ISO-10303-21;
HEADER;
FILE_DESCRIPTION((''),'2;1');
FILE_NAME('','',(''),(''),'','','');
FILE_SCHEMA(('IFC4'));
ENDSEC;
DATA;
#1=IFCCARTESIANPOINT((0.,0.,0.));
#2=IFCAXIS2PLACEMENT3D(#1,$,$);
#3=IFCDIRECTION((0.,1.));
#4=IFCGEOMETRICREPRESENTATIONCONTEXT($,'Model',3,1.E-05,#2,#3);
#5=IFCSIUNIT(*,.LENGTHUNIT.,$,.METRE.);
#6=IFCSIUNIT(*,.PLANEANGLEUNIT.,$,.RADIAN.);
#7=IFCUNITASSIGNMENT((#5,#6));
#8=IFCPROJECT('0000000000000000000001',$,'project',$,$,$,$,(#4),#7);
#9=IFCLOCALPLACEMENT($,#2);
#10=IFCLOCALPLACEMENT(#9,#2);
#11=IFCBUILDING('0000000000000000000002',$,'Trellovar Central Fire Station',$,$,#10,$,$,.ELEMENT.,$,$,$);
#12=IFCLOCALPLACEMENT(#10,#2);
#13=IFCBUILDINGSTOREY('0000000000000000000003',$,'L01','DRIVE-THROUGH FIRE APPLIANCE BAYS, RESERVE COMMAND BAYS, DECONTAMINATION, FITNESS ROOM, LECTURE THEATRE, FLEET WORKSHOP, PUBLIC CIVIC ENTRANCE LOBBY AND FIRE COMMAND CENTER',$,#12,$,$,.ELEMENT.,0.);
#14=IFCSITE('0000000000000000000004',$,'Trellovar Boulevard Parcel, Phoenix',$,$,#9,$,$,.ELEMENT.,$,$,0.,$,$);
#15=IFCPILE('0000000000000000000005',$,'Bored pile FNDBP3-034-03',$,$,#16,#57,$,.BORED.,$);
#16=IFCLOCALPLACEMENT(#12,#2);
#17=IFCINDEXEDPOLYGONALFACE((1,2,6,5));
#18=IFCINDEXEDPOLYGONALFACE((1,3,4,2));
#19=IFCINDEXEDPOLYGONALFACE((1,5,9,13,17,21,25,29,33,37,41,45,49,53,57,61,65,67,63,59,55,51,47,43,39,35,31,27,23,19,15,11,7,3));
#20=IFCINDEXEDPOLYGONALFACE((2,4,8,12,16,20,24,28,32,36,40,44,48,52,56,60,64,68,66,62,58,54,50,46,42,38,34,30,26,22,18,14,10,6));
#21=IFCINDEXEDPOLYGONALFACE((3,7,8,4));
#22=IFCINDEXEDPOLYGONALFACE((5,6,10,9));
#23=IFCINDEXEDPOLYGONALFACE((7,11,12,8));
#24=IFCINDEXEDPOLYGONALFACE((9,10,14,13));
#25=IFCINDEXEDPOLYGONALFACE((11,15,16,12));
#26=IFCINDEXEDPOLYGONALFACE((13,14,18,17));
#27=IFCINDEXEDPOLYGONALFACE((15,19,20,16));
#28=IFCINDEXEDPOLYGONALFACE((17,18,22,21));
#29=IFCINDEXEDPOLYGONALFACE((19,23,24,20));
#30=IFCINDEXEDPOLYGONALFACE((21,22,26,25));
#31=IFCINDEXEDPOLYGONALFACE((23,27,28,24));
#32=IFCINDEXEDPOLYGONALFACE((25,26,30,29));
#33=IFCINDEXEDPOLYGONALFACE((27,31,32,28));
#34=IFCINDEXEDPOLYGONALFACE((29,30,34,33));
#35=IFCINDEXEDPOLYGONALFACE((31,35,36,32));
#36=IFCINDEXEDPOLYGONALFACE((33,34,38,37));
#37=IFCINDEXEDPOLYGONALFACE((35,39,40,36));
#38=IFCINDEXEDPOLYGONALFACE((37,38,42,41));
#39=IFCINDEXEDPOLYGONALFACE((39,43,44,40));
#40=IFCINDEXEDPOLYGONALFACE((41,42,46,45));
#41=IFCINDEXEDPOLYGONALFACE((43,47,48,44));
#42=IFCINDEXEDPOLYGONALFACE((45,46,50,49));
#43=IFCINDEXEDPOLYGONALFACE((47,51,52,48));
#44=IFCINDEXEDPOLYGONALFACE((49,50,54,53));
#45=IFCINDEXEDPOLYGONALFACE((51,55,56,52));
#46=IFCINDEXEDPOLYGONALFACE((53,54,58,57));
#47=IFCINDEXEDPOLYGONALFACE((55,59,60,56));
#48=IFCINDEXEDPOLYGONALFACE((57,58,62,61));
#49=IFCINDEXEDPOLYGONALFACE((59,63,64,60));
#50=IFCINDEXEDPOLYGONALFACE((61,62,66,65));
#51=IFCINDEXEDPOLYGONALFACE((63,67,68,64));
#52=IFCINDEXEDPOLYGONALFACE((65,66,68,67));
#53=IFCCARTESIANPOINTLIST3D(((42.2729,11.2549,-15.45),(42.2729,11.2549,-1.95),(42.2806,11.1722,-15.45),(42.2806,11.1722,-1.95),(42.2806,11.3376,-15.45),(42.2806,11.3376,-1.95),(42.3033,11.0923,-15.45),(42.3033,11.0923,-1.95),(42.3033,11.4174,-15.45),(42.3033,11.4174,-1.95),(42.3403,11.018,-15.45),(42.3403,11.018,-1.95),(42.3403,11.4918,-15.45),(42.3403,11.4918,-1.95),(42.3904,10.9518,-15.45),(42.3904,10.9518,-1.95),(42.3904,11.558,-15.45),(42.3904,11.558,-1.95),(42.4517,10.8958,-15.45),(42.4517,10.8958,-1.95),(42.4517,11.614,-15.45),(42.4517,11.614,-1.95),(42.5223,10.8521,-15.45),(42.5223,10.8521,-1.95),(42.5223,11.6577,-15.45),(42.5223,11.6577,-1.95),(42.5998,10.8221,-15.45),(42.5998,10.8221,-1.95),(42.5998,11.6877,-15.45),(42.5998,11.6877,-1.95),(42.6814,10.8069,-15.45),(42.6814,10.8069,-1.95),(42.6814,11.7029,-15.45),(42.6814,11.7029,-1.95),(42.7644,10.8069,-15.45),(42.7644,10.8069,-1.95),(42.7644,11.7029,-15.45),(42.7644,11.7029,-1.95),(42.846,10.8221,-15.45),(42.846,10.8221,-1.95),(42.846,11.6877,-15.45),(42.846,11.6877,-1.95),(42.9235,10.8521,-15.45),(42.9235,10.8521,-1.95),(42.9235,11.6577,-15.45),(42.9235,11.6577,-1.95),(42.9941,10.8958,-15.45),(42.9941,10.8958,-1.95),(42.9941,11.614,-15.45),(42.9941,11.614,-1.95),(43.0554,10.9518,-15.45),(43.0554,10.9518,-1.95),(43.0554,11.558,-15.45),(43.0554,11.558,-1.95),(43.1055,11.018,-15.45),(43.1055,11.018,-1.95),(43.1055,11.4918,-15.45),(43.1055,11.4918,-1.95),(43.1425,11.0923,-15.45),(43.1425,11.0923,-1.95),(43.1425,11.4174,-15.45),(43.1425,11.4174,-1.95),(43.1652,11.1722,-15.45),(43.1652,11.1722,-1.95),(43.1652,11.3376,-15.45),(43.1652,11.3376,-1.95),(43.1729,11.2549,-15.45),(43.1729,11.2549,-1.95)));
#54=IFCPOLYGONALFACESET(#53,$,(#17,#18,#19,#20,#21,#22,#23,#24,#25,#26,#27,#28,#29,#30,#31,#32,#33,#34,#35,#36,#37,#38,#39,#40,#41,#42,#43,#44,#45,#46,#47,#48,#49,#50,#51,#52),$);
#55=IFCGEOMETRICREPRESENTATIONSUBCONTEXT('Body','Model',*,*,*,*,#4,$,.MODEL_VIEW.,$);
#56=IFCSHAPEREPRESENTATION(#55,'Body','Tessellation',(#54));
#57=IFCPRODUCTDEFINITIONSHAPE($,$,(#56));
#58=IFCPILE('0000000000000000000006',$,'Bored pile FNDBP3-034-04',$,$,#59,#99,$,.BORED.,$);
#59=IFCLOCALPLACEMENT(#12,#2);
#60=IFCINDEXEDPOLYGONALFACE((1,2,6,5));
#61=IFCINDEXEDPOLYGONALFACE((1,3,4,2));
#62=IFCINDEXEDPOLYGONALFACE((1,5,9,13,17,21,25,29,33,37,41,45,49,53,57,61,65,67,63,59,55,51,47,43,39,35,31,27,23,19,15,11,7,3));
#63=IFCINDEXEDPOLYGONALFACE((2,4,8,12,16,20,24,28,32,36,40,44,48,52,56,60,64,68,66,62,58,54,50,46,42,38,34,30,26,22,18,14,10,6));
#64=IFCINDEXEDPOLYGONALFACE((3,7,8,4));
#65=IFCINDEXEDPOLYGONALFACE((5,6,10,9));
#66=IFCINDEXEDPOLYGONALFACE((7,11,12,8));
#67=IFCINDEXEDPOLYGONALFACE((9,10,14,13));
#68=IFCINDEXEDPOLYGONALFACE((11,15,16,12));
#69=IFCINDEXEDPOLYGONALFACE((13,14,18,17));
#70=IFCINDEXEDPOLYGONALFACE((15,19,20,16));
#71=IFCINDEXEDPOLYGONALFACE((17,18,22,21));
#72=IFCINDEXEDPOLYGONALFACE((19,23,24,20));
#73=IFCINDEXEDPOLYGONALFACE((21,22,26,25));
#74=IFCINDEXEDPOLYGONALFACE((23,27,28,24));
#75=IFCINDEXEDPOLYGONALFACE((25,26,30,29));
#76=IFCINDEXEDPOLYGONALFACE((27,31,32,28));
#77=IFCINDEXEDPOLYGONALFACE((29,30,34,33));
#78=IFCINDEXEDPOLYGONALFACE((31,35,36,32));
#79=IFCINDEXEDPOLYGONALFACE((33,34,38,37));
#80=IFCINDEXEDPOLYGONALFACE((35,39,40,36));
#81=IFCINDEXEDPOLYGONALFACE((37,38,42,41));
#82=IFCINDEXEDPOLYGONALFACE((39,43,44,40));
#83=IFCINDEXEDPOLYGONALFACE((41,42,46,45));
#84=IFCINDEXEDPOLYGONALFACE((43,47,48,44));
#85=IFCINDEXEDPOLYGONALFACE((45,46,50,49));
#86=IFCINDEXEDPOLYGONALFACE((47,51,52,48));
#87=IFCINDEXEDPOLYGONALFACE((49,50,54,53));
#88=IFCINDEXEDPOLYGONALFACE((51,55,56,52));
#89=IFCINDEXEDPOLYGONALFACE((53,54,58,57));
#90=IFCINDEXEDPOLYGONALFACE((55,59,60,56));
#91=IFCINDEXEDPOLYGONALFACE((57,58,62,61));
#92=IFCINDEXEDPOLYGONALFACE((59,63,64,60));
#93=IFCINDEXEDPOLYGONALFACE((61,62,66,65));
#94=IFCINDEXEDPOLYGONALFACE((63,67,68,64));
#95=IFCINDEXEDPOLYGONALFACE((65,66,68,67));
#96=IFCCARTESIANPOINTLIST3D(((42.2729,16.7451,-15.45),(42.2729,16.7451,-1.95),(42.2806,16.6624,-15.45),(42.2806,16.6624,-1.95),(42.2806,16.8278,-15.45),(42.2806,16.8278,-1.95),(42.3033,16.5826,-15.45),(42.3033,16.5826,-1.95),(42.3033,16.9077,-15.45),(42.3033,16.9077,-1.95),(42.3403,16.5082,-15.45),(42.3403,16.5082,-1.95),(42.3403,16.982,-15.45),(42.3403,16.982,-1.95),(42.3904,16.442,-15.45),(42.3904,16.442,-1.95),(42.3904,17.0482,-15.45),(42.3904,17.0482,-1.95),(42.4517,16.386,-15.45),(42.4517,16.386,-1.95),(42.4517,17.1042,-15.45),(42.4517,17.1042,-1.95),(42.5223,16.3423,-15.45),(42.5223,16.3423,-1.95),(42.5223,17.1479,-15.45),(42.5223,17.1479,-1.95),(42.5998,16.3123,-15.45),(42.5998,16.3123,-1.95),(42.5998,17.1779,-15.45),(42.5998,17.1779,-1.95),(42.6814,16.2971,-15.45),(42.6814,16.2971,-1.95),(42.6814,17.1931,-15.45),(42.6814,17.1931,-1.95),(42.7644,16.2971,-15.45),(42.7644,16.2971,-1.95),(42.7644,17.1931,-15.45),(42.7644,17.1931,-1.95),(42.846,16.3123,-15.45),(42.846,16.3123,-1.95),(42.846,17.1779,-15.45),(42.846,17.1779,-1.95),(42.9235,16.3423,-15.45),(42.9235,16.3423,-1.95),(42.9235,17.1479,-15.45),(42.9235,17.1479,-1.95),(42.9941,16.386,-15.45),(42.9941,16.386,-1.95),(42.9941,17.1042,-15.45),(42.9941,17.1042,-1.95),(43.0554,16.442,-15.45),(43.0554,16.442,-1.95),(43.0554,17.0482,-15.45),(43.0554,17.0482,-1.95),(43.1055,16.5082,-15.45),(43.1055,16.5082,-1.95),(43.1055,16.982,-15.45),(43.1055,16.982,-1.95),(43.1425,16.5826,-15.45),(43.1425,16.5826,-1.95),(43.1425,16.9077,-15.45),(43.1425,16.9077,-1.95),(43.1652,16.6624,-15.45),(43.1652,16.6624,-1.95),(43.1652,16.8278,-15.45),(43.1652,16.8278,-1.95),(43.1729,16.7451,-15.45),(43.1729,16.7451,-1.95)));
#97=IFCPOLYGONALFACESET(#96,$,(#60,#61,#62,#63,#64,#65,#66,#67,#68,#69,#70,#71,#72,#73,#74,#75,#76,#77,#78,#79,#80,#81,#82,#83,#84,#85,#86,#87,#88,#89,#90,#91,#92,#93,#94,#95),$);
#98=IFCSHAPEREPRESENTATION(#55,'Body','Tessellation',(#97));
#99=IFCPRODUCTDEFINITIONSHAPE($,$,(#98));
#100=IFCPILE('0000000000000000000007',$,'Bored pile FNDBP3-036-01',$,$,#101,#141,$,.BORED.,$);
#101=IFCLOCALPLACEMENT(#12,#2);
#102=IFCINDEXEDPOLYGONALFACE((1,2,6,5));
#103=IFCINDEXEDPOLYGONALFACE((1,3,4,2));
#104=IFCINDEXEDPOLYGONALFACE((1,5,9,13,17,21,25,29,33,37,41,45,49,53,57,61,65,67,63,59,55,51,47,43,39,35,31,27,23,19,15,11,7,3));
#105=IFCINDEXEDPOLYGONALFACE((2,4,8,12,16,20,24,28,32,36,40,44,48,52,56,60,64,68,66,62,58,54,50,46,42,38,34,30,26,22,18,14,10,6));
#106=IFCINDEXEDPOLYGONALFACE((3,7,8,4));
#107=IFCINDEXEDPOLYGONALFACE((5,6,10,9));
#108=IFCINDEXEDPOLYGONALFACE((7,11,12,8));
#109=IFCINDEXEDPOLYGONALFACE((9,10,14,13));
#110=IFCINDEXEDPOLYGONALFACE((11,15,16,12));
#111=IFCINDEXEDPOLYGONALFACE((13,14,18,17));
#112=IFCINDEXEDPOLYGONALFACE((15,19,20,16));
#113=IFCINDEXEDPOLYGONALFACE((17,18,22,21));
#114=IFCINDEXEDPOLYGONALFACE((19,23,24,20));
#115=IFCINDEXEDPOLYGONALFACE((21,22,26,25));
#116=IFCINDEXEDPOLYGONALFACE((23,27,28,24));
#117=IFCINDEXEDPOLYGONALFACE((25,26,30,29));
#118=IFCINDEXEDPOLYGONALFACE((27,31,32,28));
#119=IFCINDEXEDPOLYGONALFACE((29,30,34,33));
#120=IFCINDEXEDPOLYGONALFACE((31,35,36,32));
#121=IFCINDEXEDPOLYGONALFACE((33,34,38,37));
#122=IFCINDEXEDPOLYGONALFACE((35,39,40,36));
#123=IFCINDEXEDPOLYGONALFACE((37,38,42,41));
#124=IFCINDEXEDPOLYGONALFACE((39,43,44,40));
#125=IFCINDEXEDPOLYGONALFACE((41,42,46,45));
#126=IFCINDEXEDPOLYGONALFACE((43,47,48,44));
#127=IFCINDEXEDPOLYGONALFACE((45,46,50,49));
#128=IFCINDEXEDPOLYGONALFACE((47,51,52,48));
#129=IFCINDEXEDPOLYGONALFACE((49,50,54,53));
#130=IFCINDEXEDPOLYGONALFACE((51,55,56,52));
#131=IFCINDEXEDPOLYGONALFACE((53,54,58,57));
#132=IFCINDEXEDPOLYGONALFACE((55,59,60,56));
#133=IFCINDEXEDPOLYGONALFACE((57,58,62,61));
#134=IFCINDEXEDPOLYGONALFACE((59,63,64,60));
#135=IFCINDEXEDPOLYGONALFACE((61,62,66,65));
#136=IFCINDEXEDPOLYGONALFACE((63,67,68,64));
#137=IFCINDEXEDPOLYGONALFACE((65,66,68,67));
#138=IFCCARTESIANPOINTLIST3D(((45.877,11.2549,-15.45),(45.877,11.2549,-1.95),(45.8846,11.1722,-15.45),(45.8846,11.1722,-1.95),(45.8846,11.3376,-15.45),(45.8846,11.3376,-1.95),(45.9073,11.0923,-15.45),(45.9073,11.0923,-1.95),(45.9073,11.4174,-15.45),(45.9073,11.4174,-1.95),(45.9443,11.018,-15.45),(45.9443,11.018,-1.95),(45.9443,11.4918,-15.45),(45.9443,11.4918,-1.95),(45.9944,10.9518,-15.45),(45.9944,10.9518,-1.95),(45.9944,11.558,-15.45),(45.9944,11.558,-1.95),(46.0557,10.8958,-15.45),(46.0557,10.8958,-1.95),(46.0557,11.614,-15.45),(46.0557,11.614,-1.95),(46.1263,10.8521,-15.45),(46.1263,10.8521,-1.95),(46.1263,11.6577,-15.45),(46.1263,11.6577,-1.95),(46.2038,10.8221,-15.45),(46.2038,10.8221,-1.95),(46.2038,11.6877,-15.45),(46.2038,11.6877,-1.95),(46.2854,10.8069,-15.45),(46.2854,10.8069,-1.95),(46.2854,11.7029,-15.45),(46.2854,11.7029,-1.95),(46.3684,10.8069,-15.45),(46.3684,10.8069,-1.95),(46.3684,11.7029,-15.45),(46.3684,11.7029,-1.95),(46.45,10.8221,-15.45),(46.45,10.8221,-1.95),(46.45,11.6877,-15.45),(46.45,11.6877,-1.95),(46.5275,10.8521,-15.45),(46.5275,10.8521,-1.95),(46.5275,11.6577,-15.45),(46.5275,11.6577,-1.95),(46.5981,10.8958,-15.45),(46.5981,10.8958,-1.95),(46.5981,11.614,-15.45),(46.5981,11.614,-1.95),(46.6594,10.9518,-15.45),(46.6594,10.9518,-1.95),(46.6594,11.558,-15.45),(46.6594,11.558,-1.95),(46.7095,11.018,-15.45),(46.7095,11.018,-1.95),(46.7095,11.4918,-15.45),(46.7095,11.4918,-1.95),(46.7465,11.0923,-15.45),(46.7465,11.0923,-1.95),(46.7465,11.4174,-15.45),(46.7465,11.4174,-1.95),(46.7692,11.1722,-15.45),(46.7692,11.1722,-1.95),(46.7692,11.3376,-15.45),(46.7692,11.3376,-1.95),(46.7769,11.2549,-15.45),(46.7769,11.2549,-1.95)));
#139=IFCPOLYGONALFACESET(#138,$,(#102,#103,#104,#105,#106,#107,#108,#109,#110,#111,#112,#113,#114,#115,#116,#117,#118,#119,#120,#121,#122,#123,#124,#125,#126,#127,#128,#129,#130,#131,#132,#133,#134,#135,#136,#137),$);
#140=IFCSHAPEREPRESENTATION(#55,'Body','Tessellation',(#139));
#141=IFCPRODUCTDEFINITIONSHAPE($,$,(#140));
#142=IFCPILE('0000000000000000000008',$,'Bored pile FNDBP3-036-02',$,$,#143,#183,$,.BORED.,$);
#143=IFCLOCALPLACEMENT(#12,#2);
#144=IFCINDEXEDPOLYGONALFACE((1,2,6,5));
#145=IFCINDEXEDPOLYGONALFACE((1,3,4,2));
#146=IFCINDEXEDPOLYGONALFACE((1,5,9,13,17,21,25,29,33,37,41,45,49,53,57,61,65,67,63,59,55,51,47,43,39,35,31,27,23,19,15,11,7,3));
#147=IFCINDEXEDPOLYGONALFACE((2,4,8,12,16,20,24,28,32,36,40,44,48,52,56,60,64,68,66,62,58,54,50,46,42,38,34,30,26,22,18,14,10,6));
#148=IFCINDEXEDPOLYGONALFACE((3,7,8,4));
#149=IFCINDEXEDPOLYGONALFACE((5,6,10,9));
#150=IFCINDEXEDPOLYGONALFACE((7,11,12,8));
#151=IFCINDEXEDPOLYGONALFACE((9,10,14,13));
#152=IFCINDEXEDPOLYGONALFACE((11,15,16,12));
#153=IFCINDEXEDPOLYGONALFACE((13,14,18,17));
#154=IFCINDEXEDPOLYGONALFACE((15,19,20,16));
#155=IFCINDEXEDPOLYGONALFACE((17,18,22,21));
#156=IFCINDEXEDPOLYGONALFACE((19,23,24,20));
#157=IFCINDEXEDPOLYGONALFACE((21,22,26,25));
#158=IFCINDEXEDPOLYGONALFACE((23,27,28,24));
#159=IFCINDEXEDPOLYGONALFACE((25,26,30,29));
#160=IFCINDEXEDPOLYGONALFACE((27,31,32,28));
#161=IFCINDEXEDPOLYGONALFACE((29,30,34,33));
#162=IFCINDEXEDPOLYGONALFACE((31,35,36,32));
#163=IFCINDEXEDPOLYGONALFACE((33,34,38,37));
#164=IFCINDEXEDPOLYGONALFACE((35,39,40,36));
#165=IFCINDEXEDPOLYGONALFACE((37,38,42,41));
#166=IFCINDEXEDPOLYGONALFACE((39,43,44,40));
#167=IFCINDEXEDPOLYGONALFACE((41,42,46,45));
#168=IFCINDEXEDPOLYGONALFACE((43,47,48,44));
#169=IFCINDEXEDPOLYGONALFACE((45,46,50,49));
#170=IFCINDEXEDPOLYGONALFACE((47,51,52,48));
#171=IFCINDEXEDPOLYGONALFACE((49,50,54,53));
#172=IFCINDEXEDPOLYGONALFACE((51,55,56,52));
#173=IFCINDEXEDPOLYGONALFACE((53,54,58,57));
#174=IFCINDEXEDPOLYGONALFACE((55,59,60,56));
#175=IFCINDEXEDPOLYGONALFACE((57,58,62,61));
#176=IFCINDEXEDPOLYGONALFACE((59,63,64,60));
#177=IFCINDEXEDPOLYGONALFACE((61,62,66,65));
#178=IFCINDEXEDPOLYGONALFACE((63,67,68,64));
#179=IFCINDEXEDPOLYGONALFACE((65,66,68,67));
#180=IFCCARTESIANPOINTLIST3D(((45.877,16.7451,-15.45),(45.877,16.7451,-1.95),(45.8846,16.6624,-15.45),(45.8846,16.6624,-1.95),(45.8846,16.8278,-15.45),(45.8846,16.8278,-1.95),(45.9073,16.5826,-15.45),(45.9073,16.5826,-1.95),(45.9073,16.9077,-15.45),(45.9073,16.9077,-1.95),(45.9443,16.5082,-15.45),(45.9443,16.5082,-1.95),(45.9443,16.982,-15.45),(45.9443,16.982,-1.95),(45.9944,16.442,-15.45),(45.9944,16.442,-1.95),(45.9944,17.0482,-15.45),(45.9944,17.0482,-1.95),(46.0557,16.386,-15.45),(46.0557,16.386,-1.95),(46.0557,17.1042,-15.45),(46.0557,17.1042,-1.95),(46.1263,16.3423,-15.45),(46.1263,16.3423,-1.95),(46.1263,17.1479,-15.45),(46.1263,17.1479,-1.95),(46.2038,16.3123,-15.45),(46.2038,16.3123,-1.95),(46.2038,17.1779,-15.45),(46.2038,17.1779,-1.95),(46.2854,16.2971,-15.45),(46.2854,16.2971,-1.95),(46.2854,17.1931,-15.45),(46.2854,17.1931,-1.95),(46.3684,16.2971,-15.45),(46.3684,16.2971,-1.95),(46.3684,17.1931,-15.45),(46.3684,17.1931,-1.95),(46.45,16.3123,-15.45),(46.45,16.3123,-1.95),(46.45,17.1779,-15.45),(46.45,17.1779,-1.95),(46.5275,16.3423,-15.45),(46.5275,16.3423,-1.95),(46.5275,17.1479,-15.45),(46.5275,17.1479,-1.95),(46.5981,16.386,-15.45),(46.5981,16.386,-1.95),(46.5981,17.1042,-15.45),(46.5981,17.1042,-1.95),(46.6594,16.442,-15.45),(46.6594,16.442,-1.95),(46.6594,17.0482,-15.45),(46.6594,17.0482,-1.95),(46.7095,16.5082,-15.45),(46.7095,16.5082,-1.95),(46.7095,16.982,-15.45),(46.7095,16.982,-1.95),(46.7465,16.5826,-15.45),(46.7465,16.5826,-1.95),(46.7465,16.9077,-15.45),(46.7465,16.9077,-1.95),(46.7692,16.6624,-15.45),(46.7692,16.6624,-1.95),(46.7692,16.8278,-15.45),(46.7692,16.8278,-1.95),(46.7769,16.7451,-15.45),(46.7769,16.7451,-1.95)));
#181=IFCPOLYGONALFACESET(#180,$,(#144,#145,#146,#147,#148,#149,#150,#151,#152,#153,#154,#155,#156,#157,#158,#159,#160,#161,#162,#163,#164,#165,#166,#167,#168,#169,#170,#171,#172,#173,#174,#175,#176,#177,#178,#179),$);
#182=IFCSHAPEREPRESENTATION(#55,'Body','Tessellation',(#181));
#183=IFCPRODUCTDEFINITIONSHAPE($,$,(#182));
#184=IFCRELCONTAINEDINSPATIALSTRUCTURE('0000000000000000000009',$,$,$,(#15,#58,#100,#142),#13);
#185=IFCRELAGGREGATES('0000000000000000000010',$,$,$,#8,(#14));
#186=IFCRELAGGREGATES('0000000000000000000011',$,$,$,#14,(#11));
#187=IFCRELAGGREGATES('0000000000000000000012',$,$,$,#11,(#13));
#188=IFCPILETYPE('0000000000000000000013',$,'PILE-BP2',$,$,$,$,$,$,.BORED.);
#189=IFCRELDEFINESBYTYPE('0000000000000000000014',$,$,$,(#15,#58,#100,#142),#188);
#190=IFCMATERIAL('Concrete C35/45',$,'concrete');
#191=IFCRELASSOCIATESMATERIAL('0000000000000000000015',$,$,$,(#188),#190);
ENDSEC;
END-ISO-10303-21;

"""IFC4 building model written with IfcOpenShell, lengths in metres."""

from ifc_helpers import new_model, si_unit, direction, frame, origin, origin_2d, place, context, subcontext, project, spatial, circle, extrude, material, material_profile, profile_set, type_object, element, save


model = new_model("IFC4")

# Units and contexts
model_context = context("Model", 3, precision=1e-05, world=origin(), true_north=direction((0.0, 1.0)))
body_context = subcontext(model_context, "Body", "Model", "MODEL_VIEW")
ifc_project = project(units=[si_unit("LENGTHUNIT", "METRE"), si_unit("PLANEANGLEUNIT", "RADIAN")], contexts=[model_context])

# Site, building, storey
site_placement = place(None, origin())
site = spatial("IfcSite", under=ifc_project, at=site_placement, Name="Trellovar Boulevard Parcel, Phoenix", CompositionType="ELEMENT", RefElevation=0.0)
building_placement = place(site_placement, origin())
building = spatial("IfcBuilding", under=site, at=building_placement, Name="Trellovar Central Fire Station", CompositionType="ELEMENT")
storey_placement = place(building_placement, origin())
storey = spatial("IfcBuildingStorey", under=building, at=storey_placement, Name="L01", Description="DRIVE-THROUGH FIRE APPLIANCE BAYS, RESERVE COMMAND BAYS, DECONTAMINATION, FITNESS ROOM, LECTURE THEATRE, FLEET WORKSHOP, PUBLIC CIVIC ENTRANCE LOBBY AND FIRE COMMAND CENTER", CompositionType="ELEMENT", Elevation=0.0)

# Piles
ifc_material_1 = material(Name="Concrete C35/45", Category="concrete")
ifc_material_profile_1 = material_profile(ifc_material_1, circle(Radius=0.45, at=origin_2d()), Name="PILE900")
ifc_profile_set_1 = profile_set([ifc_material_profile_1], Name="Concrete C35/45")
pile_type = type_object("IfcPileType", Name="PILE-BP2", PredefinedType="BORED", material=ifc_profile_set_1)
for number, where, z_axis, x_axis, name in (
    (1, (42.7229, 11.2549, -1.95), (0.0, 0.0, -1.0), (1.0, 0.0, 0.0), "Bored pile FNDBP3-034-03"),
    (2, (42.7229, 16.7451, -1.95), (0.0, 0.0, -1.0), (1.0, 0.0, 0.0), "Bored pile FNDBP3-034-04"),
    (3, (46.3269, 11.2549, -1.95), (0.0, 0.0, -1.0), (1.0, 0.0, 0.0), "Bored pile FNDBP3-036-01"),
    (4, (46.3269, 16.7451, -1.95), (0.0, 0.0, -1.0), (1.0, 0.0, 0.0), "Bored pile FNDBP3-036-02"),
):
    element("IfcPile", number, at=place(storey_placement, frame(where, z_axis=z_axis, x_axis=x_axis)), inside=storey, type_object=pile_type, Name=name, PredefinedType="BORED", context=body_context, shape_type="SweptSolid", body=[
        extrude(circle(Radius=0.45, at=origin_2d()), origin(), (0.0, 0.0, 1.0), 13.5),
    ])

save(model, "model.ifc")
